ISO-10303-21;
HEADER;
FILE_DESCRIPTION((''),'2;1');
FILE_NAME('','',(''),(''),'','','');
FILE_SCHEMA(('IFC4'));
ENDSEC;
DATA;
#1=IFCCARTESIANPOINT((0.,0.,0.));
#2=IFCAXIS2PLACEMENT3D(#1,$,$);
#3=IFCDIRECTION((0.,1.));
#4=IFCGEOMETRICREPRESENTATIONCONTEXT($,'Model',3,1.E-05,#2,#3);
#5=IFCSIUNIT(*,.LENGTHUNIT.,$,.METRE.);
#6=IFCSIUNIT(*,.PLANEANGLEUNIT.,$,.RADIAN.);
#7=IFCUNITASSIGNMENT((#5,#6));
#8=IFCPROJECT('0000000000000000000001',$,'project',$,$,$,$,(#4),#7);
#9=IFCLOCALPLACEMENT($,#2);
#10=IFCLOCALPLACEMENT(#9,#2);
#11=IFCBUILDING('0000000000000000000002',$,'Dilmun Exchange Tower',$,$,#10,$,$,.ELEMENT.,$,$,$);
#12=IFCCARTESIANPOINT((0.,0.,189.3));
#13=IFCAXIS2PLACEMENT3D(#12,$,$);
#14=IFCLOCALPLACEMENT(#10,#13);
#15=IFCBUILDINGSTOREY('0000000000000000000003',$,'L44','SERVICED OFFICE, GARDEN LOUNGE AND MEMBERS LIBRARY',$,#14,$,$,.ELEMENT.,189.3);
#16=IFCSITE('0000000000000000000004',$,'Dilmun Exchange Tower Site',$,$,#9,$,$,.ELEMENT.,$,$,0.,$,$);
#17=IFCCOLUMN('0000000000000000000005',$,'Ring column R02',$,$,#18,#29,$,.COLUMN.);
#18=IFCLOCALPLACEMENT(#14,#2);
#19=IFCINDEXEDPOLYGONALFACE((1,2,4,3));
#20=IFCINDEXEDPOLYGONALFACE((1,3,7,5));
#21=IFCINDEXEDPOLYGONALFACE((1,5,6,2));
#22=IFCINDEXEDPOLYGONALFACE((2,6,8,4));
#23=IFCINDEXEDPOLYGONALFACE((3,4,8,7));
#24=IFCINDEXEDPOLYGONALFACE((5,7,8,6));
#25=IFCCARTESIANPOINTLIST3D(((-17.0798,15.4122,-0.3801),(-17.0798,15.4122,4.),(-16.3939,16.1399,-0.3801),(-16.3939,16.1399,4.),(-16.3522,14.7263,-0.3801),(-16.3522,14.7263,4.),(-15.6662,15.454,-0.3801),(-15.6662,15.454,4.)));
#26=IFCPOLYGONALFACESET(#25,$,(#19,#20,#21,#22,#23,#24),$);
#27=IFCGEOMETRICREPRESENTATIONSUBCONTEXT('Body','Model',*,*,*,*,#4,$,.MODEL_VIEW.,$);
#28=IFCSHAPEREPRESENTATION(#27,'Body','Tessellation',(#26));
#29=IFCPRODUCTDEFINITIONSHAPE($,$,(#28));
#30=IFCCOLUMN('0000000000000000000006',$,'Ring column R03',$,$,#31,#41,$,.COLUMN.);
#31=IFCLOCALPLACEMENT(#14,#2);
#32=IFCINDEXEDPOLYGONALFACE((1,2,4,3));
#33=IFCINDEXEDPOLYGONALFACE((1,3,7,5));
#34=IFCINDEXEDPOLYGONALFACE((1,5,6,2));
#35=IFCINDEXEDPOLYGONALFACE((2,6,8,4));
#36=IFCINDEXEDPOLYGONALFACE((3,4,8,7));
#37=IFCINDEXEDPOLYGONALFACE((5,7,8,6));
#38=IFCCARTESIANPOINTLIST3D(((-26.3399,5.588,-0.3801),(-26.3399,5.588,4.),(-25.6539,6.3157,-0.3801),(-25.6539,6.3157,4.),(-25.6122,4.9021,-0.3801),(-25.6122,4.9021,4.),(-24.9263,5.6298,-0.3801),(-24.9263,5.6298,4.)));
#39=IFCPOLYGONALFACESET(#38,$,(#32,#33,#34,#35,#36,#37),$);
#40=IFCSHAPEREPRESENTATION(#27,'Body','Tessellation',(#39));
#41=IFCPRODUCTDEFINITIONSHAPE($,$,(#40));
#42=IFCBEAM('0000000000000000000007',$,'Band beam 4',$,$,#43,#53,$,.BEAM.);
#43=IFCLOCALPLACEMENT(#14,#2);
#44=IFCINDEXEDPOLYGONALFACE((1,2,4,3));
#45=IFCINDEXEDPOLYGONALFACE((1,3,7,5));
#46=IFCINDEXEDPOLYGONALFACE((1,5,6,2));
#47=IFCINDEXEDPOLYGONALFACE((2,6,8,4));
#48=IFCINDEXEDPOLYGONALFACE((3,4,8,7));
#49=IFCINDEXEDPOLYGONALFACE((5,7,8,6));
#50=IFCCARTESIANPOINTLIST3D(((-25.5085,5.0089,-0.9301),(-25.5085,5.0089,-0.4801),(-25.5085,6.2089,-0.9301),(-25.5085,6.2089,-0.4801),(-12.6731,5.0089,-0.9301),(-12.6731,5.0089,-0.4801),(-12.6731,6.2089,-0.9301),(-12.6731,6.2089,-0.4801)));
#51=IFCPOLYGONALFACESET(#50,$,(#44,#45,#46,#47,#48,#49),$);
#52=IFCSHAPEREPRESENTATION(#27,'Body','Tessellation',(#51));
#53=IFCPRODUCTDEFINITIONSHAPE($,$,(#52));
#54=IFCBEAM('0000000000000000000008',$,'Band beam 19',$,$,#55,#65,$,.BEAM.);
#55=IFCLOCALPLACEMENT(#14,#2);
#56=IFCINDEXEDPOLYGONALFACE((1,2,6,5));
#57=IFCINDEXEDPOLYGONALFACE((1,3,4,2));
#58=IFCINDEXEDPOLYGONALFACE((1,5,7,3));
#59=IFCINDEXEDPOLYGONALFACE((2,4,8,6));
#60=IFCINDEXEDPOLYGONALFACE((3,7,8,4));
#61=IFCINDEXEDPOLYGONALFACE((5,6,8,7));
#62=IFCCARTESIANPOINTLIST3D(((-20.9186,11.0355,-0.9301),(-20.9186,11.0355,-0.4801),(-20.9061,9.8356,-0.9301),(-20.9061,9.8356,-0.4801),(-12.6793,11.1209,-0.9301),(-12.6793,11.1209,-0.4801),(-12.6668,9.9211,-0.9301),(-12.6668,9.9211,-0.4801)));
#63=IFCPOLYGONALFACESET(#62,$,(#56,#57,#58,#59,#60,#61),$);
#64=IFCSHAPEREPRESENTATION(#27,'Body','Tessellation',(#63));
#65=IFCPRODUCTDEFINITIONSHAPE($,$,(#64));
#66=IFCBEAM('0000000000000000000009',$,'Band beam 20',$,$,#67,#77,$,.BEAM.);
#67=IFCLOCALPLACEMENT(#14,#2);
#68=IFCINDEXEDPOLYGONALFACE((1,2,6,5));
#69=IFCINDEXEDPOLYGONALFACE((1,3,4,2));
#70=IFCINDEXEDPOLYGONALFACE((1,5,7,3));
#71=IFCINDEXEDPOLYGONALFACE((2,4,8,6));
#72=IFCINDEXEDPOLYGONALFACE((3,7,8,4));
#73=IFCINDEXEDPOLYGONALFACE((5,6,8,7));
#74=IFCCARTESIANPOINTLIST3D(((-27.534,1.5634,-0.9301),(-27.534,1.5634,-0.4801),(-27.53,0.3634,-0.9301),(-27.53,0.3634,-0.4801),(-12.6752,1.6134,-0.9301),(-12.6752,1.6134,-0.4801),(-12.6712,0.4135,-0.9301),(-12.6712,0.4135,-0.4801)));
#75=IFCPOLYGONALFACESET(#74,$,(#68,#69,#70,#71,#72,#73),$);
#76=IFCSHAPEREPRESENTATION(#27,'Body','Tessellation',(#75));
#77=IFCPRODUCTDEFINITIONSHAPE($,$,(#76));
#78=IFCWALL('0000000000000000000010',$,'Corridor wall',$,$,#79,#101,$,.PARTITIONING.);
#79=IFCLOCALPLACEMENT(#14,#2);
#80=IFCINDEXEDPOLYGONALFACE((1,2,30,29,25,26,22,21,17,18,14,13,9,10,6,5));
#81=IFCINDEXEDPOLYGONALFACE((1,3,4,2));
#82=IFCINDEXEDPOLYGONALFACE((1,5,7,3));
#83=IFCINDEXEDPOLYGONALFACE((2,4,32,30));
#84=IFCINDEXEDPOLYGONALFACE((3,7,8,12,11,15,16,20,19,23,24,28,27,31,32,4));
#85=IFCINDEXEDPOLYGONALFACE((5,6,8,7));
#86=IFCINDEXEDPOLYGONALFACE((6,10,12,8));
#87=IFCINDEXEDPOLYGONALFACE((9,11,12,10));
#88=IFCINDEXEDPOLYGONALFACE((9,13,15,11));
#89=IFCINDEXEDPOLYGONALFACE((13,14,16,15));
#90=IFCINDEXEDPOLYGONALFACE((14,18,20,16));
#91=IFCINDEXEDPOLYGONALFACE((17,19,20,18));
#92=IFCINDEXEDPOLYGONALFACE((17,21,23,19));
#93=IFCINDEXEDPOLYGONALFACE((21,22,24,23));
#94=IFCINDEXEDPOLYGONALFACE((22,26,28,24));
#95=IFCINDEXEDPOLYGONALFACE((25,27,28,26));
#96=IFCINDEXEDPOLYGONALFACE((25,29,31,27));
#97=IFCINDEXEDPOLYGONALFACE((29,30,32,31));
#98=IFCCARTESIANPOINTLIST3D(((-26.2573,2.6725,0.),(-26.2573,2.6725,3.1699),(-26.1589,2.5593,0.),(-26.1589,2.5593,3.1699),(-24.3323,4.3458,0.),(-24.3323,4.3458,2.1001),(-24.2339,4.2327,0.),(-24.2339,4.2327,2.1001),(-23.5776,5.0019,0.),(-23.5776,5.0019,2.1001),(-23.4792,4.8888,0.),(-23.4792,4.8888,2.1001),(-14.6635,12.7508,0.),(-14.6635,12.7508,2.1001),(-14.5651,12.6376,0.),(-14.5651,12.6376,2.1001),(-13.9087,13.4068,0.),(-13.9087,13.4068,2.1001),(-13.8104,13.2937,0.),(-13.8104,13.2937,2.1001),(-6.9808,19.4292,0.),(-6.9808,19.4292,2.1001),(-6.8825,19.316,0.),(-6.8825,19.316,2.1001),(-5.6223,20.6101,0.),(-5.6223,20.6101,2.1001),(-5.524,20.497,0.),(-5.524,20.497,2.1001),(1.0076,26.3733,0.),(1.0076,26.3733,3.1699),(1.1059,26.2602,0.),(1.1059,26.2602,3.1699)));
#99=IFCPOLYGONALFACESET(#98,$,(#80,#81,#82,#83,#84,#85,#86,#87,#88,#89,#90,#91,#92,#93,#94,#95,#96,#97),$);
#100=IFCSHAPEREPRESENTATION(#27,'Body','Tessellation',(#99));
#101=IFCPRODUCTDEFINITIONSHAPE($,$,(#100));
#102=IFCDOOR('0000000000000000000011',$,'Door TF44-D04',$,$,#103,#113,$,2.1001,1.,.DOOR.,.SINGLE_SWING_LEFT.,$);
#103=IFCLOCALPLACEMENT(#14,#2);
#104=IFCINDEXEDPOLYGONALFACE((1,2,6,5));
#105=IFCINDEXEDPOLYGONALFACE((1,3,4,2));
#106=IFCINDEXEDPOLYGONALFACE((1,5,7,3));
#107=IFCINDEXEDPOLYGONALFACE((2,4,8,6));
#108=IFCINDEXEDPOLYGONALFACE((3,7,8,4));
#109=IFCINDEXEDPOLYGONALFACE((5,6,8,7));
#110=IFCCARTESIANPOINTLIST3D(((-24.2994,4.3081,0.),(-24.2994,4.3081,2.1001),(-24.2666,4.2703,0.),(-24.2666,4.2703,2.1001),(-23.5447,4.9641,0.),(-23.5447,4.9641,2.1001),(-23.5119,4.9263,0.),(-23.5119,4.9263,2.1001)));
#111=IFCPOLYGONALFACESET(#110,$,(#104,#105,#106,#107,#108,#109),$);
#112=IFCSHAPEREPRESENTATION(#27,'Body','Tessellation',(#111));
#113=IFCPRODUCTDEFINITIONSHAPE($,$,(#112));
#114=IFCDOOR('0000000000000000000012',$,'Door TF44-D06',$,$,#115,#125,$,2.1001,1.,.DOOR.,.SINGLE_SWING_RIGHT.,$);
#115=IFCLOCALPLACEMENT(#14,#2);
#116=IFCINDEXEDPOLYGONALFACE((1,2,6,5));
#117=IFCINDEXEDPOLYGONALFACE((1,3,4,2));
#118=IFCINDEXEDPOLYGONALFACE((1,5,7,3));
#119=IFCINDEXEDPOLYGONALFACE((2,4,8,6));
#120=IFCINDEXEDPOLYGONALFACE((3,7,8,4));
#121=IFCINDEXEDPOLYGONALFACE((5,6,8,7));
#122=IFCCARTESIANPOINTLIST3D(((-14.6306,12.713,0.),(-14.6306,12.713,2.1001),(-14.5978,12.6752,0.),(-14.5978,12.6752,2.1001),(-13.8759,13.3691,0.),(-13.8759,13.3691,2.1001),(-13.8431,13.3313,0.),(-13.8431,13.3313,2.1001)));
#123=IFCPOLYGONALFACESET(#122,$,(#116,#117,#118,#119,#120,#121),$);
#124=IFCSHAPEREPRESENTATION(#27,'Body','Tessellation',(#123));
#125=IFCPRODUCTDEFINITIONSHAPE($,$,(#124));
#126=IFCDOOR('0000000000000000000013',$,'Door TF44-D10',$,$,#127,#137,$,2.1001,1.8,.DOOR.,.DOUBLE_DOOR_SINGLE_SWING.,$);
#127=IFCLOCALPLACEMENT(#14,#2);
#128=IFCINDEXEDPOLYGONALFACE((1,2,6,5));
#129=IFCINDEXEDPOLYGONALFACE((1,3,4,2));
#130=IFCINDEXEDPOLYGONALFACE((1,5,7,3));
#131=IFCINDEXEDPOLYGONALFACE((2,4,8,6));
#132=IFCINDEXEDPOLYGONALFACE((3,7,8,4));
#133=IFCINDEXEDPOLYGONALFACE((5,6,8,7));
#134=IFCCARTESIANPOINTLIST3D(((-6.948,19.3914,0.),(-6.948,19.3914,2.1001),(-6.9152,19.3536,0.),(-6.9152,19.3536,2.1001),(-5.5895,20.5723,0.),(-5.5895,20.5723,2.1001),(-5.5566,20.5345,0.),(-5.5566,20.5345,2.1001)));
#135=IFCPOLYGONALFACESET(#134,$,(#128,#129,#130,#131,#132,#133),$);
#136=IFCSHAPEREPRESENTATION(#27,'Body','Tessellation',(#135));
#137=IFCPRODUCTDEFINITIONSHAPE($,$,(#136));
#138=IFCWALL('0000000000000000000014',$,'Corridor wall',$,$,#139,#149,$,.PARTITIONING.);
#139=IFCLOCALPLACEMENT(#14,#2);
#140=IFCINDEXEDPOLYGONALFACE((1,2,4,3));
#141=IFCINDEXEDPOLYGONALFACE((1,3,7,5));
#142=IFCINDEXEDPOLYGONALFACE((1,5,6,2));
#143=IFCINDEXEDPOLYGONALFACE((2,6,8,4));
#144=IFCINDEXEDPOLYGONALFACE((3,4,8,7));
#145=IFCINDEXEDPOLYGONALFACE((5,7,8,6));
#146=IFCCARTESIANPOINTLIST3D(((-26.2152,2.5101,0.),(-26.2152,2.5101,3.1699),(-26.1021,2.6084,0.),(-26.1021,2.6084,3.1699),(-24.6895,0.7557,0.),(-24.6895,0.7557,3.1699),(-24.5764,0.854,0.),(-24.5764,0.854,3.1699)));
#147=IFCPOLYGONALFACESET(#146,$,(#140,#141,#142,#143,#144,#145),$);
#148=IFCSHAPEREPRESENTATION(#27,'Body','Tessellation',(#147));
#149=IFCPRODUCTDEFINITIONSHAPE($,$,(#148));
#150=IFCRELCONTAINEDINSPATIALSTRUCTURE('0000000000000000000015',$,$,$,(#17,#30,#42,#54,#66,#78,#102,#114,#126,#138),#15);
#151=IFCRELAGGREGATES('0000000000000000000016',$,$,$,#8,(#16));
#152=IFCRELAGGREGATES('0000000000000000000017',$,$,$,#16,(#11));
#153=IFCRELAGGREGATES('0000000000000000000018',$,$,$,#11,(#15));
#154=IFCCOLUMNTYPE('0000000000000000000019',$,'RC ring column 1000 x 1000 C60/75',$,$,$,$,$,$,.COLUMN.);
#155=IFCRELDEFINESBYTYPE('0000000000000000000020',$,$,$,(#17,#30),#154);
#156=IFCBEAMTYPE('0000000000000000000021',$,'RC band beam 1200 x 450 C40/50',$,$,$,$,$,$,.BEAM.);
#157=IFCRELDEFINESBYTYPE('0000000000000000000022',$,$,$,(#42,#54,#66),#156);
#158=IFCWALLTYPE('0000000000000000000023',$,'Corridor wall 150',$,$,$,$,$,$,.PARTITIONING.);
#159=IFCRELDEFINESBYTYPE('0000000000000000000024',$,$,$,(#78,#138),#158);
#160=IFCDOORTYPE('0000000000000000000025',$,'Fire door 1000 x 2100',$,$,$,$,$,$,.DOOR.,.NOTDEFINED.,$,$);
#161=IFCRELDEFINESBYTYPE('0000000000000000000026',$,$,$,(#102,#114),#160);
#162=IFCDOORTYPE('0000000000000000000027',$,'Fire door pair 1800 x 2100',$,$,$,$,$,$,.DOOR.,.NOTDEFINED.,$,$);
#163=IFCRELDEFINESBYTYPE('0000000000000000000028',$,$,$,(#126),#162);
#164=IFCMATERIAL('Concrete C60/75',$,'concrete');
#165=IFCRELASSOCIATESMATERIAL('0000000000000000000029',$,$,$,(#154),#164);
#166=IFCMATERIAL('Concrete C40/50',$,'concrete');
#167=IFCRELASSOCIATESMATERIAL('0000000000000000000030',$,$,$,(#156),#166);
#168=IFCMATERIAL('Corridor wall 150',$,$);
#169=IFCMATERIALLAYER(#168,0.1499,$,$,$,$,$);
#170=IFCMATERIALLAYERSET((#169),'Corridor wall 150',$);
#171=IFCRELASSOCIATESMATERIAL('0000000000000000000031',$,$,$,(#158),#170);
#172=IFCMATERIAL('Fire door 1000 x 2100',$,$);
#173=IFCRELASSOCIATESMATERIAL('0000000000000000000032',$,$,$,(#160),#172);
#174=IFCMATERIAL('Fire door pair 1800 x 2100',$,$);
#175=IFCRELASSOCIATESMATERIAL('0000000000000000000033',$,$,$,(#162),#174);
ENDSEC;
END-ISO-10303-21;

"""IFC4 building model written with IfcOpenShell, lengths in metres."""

from ifc_helpers import new_model, si_unit, direction, frame, frame_2d, origin, origin_2d, place, context, subcontext, project, spatial, rectangle, extrude, material, layer, layer_set, material_profile, profile_set, type_object, element, fill, save


model = new_model("IFC4")

# Units and contexts
model_context = context("Model", 3, precision=1e-05, world=origin(), true_north=direction((0.0, 1.0)))
body_context = subcontext(model_context, "Body", "Model", "MODEL_VIEW")
ifc_project = project(units=[si_unit("LENGTHUNIT", "METRE"), si_unit("PLANEANGLEUNIT", "RADIAN")], contexts=[model_context])

# Site, building, storey
site_placement = place(None, origin())
site = spatial("IfcSite", under=ifc_project, at=site_placement, Name="Dilmun Exchange Tower Site", CompositionType="ELEMENT", RefElevation=0.0)
building_placement = place(site_placement, origin())
building = spatial("IfcBuilding", under=site, at=building_placement, Name="Dilmun Exchange Tower", CompositionType="ELEMENT")
storey_placement = place(building_placement, frame((0.0, 0.0, 189.3)))
storey = spatial("IfcBuildingStorey", under=building, at=storey_placement, Name="L44", Description="SERVICED OFFICE, GARDEN LOUNGE AND MEMBERS LIBRARY", CompositionType="ELEMENT", Elevation=189.3)

# Columns
ifc_material_1 = material(Name="Concrete C60/75", Category="concrete")
ifc_material_profile_1 = material_profile(ifc_material_1, rectangle(XDim=1.0, YDim=1.0, at=origin_2d()), Name="1000 x 1000")
ifc_profile_set_1 = profile_set([ifc_material_profile_1], Name="Concrete C60/75")
column_type = type_object("IfcColumnType", Name="RC ring column 1000 x 1000 C60/75", PredefinedType="COLUMN", material=ifc_profile_set_1)
for number, where, z_axis, x_axis, name in (
    (1, (-16.373, 15.4331, -0.3801), (0.0, 0.0, 1.0), (0.685916, 0.727681, 0.0), "Ring column R02"),
    (2, (-25.6331, 5.6089, -0.3801), (0.0, 0.0, 1.0), (0.685916, 0.727681, 0.0), "Ring column R03"),
):
    element("IfcColumn", number, at=place(storey_placement, frame(where, z_axis=z_axis, x_axis=x_axis)), inside=storey, type_object=column_type, Name=name, PredefinedType="COLUMN", context=body_context, shape_type="SweptSolid", body=[
        extrude(rectangle(XDim=1.0, YDim=1.0, at=origin_2d()), origin(), (0.0, 0.0, 1.0), 4.3801),
    ])

# Beams
ifc_material_2 = material(Name="Concrete C40/50", Category="concrete")
ifc_material_profile_2 = material_profile(ifc_material_2, rectangle(XDim=1.2, YDim=0.45, at=origin_2d()), Name="1200 x 450")
ifc_profile_set_2 = profile_set([ifc_material_profile_2], Name="Concrete C40/50")
beam_type = type_object("IfcBeamType", Name="RC band beam 1200 x 450 C40/50", PredefinedType="BEAM", material=ifc_profile_set_2)
beam_1_placement = place(storey_placement, frame((-25.5085, 5.6089, -0.7051), z_axis=(1.0, 0.0, 0.0), x_axis=(0.0, 1.0, 0.0)))
element("IfcBeam", 3, at=beam_1_placement, inside=storey, type_object=beam_type, Name="Band beam 4", PredefinedType="BEAM", context=body_context, shape_type="SweptSolid", body=[
    extrude(rectangle(XDim=1.2, YDim=0.45, at=origin_2d()), origin(), (0.0, 0.0, 1.0), 12.8354),
])
beam_2_placement = place(storey_placement, frame((-20.9124, 10.4355, -0.7051), z_axis=(0.999946, 0.01037, 0.0), x_axis=(-0.01037, 0.999946, 0.0)))
element("IfcBeam", 4, at=beam_2_placement, inside=storey, type_object=beam_type, Name="Band beam 19", PredefinedType="BEAM", context=body_context, shape_type="SweptSolid", body=[
    extrude(rectangle(XDim=1.2, YDim=0.45, at=origin_2d()), origin(), (0.0, 0.0, 1.0), 8.2397),
])
beam_3_placement = place(storey_placement, frame((-27.532, 0.9634, -0.7051), z_axis=(0.999994, 0.003368, 0.0), x_axis=(-0.003368, 0.999994, 0.0)))
element("IfcBeam", 5, at=beam_3_placement, inside=storey, type_object=beam_type, Name="Band beam 20", PredefinedType="BEAM", context=body_context, shape_type="SweptSolid", body=[
    extrude(rectangle(XDim=1.2, YDim=0.45, at=origin_2d()), origin(), (0.0, 0.0, 1.0), 14.8589),
])

# Wall, openings, doors
ifc_material_3 = material(Name="Corridor wall 150")
ifc_layer_1 = layer(ifc_material_3, 0.1499)
ifc_layer_set_1 = layer_set([ifc_layer_1], Name="Corridor wall 150")
wall_type_1 = type_object("IfcWallType", Name="Corridor wall 150", PredefinedType="PARTITIONING", material=ifc_layer_set_1)
wall_1_placement = place(storey_placement, frame((-26.208, 2.616, 0.0), z_axis=(0.0, 0.0, 1.0), x_axis=(0.754711, 0.656058, 0.0)))
wall_1 = element("IfcWall", 6, at=wall_1_placement, inside=storey, type_object=wall_type_1, Name="Corridor wall", PredefinedType="PARTITIONING", context=body_context, shape_type="SweptSolid", body=[
    extrude(rectangle(XDim=36.1262, YDim=0.1499, at=frame_2d((18.063, 0.0))), origin(), (0.0, 0.0, 1.0), 3.1699),
])
opening_1_placement = place(wall_1_placement, frame((2.5505, 0.0, 0.0)))
opening_1 = element("IfcOpeningElement", 7, at=opening_1_placement, cuts=wall_1, PredefinedType="OPENING", context=body_context, shape_type="SweptSolid", body=[
    extrude(rectangle(XDim=1.0, YDim=2.1001, at=frame_2d((0.5, 1.05))), frame((0.0, 0.085, 0.0), z_axis=(0.0, -1.0, 0.0), x_axis=(1.0, 0.0, 0.0)), (0.0, 0.0, 1.0), 0.1699),
])
opening_2_placement = place(wall_1_placement, frame((15.3618, 0.0, 0.0)))
opening_2 = element("IfcOpeningElement", 8, at=opening_2_placement, cuts=wall_1, PredefinedType="OPENING", context=body_context, shape_type="SweptSolid", body=[
    extrude(rectangle(XDim=1.0, YDim=2.1001, at=frame_2d((0.5, 1.05))), frame((0.0, 0.085, 0.0), z_axis=(0.0, -1.0, 0.0), x_axis=(1.0, 0.0, 0.0)), (0.0, 0.0, 1.0), 0.1699),
])
opening_3_placement = place(wall_1_placement, frame((25.5415, 0.0, 0.0)))
opening_3 = element("IfcOpeningElement", 9, at=opening_3_placement, cuts=wall_1, PredefinedType="OPENING", context=body_context, shape_type="SweptSolid", body=[
    extrude(rectangle(XDim=1.8, YDim=2.1001, at=frame_2d((0.8999, 1.05))), frame((0.0, 0.085, 0.0), z_axis=(0.0, -1.0, 0.0), x_axis=(1.0, 0.0, 0.0)), (0.0, 0.0, 1.0), 0.1699),
])
ifc_material_4 = material(Name="Fire door 1000 x 2100")
door_type_1 = type_object("IfcDoorType", Name="Fire door 1000 x 2100", OperationType="NOTDEFINED", PredefinedType="DOOR", material=ifc_material_4)
door_1_placement = place(opening_1_placement, origin())
door_1 = element("IfcDoor", 10, at=door_1_placement, inside=storey, type_object=door_type_1, Name="Door TF44-D04", OperationType="SINGLE_SWING_LEFT", OverallHeight=2.1001, OverallWidth=1.0, PredefinedType="DOOR", context=body_context, shape_type="SweptSolid", body=[
    extrude(rectangle(XDim=1.0, YDim=2.1001, at=frame_2d((0.5, 1.05))), frame((0.0, 0.0249, 0.0), z_axis=(0.0, -1.0, 0.0), x_axis=(1.0, 0.0, 0.0)), (0.0, 0.0, 1.0), 0.05),
])
fill(opening_1, door_1)
door_2_placement = place(opening_2_placement, origin())
door_2 = element("IfcDoor", 11, at=door_2_placement, inside=storey, type_object=door_type_1, Name="Door TF44-D06", OperationType="SINGLE_SWING_RIGHT", OverallHeight=2.1001, OverallWidth=1.0, PredefinedType="DOOR", context=body_context, shape_type="SweptSolid", body=[
    extrude(rectangle(XDim=1.0, YDim=2.1001, at=frame_2d((0.5, 1.05))), frame((0.0, 0.0249, 0.0), z_axis=(0.0, -1.0, 0.0), x_axis=(1.0, 0.0, 0.0)), (0.0, 0.0, 1.0), 0.05),
])
fill(opening_2, door_2)
ifc_material_5 = material(Name="Fire door pair 1800 x 2100")
door_type_2 = type_object("IfcDoorType", Name="Fire door pair 1800 x 2100", OperationType="NOTDEFINED", PredefinedType="DOOR", material=ifc_material_5)
door_3_placement = place(opening_3_placement, origin())
door_3 = element("IfcDoor", 12, at=door_3_placement, inside=storey, type_object=door_type_2, Name="Door TF44-D10", OperationType="DOUBLE_DOOR_SINGLE_SWING", OverallHeight=2.1001, OverallWidth=1.8, PredefinedType="DOOR", context=body_context, shape_type="SweptSolid", body=[
    extrude(rectangle(XDim=1.8, YDim=2.1001, at=frame_2d((0.8999, 1.05))), frame((0.0, 0.0249, 0.0), z_axis=(0.0, -1.0, 0.0), x_axis=(1.0, 0.0, 0.0)), (0.0, 0.0, 1.0), 0.05),
])
fill(opening_3, door_3)

# Wall
wall_2_placement = place(storey_placement, frame((-26.1587, 2.5593, 0.0), z_axis=(0.0, 0.0, 1.0), x_axis=(0.656197, -0.75459, 0.0)))
element("IfcWall", 13, at=wall_2_placement, inside=storey, type_object=wall_type_1, Name="Corridor wall", PredefinedType="PARTITIONING", context=body_context, shape_type="SweptSolid", body=[
    extrude(rectangle(XDim=2.325, YDim=0.1499, at=frame_2d((1.1626, 0.0))), origin(), (0.0, 0.0, 1.0), 3.1699),
])

save(model, "model.ifc")
